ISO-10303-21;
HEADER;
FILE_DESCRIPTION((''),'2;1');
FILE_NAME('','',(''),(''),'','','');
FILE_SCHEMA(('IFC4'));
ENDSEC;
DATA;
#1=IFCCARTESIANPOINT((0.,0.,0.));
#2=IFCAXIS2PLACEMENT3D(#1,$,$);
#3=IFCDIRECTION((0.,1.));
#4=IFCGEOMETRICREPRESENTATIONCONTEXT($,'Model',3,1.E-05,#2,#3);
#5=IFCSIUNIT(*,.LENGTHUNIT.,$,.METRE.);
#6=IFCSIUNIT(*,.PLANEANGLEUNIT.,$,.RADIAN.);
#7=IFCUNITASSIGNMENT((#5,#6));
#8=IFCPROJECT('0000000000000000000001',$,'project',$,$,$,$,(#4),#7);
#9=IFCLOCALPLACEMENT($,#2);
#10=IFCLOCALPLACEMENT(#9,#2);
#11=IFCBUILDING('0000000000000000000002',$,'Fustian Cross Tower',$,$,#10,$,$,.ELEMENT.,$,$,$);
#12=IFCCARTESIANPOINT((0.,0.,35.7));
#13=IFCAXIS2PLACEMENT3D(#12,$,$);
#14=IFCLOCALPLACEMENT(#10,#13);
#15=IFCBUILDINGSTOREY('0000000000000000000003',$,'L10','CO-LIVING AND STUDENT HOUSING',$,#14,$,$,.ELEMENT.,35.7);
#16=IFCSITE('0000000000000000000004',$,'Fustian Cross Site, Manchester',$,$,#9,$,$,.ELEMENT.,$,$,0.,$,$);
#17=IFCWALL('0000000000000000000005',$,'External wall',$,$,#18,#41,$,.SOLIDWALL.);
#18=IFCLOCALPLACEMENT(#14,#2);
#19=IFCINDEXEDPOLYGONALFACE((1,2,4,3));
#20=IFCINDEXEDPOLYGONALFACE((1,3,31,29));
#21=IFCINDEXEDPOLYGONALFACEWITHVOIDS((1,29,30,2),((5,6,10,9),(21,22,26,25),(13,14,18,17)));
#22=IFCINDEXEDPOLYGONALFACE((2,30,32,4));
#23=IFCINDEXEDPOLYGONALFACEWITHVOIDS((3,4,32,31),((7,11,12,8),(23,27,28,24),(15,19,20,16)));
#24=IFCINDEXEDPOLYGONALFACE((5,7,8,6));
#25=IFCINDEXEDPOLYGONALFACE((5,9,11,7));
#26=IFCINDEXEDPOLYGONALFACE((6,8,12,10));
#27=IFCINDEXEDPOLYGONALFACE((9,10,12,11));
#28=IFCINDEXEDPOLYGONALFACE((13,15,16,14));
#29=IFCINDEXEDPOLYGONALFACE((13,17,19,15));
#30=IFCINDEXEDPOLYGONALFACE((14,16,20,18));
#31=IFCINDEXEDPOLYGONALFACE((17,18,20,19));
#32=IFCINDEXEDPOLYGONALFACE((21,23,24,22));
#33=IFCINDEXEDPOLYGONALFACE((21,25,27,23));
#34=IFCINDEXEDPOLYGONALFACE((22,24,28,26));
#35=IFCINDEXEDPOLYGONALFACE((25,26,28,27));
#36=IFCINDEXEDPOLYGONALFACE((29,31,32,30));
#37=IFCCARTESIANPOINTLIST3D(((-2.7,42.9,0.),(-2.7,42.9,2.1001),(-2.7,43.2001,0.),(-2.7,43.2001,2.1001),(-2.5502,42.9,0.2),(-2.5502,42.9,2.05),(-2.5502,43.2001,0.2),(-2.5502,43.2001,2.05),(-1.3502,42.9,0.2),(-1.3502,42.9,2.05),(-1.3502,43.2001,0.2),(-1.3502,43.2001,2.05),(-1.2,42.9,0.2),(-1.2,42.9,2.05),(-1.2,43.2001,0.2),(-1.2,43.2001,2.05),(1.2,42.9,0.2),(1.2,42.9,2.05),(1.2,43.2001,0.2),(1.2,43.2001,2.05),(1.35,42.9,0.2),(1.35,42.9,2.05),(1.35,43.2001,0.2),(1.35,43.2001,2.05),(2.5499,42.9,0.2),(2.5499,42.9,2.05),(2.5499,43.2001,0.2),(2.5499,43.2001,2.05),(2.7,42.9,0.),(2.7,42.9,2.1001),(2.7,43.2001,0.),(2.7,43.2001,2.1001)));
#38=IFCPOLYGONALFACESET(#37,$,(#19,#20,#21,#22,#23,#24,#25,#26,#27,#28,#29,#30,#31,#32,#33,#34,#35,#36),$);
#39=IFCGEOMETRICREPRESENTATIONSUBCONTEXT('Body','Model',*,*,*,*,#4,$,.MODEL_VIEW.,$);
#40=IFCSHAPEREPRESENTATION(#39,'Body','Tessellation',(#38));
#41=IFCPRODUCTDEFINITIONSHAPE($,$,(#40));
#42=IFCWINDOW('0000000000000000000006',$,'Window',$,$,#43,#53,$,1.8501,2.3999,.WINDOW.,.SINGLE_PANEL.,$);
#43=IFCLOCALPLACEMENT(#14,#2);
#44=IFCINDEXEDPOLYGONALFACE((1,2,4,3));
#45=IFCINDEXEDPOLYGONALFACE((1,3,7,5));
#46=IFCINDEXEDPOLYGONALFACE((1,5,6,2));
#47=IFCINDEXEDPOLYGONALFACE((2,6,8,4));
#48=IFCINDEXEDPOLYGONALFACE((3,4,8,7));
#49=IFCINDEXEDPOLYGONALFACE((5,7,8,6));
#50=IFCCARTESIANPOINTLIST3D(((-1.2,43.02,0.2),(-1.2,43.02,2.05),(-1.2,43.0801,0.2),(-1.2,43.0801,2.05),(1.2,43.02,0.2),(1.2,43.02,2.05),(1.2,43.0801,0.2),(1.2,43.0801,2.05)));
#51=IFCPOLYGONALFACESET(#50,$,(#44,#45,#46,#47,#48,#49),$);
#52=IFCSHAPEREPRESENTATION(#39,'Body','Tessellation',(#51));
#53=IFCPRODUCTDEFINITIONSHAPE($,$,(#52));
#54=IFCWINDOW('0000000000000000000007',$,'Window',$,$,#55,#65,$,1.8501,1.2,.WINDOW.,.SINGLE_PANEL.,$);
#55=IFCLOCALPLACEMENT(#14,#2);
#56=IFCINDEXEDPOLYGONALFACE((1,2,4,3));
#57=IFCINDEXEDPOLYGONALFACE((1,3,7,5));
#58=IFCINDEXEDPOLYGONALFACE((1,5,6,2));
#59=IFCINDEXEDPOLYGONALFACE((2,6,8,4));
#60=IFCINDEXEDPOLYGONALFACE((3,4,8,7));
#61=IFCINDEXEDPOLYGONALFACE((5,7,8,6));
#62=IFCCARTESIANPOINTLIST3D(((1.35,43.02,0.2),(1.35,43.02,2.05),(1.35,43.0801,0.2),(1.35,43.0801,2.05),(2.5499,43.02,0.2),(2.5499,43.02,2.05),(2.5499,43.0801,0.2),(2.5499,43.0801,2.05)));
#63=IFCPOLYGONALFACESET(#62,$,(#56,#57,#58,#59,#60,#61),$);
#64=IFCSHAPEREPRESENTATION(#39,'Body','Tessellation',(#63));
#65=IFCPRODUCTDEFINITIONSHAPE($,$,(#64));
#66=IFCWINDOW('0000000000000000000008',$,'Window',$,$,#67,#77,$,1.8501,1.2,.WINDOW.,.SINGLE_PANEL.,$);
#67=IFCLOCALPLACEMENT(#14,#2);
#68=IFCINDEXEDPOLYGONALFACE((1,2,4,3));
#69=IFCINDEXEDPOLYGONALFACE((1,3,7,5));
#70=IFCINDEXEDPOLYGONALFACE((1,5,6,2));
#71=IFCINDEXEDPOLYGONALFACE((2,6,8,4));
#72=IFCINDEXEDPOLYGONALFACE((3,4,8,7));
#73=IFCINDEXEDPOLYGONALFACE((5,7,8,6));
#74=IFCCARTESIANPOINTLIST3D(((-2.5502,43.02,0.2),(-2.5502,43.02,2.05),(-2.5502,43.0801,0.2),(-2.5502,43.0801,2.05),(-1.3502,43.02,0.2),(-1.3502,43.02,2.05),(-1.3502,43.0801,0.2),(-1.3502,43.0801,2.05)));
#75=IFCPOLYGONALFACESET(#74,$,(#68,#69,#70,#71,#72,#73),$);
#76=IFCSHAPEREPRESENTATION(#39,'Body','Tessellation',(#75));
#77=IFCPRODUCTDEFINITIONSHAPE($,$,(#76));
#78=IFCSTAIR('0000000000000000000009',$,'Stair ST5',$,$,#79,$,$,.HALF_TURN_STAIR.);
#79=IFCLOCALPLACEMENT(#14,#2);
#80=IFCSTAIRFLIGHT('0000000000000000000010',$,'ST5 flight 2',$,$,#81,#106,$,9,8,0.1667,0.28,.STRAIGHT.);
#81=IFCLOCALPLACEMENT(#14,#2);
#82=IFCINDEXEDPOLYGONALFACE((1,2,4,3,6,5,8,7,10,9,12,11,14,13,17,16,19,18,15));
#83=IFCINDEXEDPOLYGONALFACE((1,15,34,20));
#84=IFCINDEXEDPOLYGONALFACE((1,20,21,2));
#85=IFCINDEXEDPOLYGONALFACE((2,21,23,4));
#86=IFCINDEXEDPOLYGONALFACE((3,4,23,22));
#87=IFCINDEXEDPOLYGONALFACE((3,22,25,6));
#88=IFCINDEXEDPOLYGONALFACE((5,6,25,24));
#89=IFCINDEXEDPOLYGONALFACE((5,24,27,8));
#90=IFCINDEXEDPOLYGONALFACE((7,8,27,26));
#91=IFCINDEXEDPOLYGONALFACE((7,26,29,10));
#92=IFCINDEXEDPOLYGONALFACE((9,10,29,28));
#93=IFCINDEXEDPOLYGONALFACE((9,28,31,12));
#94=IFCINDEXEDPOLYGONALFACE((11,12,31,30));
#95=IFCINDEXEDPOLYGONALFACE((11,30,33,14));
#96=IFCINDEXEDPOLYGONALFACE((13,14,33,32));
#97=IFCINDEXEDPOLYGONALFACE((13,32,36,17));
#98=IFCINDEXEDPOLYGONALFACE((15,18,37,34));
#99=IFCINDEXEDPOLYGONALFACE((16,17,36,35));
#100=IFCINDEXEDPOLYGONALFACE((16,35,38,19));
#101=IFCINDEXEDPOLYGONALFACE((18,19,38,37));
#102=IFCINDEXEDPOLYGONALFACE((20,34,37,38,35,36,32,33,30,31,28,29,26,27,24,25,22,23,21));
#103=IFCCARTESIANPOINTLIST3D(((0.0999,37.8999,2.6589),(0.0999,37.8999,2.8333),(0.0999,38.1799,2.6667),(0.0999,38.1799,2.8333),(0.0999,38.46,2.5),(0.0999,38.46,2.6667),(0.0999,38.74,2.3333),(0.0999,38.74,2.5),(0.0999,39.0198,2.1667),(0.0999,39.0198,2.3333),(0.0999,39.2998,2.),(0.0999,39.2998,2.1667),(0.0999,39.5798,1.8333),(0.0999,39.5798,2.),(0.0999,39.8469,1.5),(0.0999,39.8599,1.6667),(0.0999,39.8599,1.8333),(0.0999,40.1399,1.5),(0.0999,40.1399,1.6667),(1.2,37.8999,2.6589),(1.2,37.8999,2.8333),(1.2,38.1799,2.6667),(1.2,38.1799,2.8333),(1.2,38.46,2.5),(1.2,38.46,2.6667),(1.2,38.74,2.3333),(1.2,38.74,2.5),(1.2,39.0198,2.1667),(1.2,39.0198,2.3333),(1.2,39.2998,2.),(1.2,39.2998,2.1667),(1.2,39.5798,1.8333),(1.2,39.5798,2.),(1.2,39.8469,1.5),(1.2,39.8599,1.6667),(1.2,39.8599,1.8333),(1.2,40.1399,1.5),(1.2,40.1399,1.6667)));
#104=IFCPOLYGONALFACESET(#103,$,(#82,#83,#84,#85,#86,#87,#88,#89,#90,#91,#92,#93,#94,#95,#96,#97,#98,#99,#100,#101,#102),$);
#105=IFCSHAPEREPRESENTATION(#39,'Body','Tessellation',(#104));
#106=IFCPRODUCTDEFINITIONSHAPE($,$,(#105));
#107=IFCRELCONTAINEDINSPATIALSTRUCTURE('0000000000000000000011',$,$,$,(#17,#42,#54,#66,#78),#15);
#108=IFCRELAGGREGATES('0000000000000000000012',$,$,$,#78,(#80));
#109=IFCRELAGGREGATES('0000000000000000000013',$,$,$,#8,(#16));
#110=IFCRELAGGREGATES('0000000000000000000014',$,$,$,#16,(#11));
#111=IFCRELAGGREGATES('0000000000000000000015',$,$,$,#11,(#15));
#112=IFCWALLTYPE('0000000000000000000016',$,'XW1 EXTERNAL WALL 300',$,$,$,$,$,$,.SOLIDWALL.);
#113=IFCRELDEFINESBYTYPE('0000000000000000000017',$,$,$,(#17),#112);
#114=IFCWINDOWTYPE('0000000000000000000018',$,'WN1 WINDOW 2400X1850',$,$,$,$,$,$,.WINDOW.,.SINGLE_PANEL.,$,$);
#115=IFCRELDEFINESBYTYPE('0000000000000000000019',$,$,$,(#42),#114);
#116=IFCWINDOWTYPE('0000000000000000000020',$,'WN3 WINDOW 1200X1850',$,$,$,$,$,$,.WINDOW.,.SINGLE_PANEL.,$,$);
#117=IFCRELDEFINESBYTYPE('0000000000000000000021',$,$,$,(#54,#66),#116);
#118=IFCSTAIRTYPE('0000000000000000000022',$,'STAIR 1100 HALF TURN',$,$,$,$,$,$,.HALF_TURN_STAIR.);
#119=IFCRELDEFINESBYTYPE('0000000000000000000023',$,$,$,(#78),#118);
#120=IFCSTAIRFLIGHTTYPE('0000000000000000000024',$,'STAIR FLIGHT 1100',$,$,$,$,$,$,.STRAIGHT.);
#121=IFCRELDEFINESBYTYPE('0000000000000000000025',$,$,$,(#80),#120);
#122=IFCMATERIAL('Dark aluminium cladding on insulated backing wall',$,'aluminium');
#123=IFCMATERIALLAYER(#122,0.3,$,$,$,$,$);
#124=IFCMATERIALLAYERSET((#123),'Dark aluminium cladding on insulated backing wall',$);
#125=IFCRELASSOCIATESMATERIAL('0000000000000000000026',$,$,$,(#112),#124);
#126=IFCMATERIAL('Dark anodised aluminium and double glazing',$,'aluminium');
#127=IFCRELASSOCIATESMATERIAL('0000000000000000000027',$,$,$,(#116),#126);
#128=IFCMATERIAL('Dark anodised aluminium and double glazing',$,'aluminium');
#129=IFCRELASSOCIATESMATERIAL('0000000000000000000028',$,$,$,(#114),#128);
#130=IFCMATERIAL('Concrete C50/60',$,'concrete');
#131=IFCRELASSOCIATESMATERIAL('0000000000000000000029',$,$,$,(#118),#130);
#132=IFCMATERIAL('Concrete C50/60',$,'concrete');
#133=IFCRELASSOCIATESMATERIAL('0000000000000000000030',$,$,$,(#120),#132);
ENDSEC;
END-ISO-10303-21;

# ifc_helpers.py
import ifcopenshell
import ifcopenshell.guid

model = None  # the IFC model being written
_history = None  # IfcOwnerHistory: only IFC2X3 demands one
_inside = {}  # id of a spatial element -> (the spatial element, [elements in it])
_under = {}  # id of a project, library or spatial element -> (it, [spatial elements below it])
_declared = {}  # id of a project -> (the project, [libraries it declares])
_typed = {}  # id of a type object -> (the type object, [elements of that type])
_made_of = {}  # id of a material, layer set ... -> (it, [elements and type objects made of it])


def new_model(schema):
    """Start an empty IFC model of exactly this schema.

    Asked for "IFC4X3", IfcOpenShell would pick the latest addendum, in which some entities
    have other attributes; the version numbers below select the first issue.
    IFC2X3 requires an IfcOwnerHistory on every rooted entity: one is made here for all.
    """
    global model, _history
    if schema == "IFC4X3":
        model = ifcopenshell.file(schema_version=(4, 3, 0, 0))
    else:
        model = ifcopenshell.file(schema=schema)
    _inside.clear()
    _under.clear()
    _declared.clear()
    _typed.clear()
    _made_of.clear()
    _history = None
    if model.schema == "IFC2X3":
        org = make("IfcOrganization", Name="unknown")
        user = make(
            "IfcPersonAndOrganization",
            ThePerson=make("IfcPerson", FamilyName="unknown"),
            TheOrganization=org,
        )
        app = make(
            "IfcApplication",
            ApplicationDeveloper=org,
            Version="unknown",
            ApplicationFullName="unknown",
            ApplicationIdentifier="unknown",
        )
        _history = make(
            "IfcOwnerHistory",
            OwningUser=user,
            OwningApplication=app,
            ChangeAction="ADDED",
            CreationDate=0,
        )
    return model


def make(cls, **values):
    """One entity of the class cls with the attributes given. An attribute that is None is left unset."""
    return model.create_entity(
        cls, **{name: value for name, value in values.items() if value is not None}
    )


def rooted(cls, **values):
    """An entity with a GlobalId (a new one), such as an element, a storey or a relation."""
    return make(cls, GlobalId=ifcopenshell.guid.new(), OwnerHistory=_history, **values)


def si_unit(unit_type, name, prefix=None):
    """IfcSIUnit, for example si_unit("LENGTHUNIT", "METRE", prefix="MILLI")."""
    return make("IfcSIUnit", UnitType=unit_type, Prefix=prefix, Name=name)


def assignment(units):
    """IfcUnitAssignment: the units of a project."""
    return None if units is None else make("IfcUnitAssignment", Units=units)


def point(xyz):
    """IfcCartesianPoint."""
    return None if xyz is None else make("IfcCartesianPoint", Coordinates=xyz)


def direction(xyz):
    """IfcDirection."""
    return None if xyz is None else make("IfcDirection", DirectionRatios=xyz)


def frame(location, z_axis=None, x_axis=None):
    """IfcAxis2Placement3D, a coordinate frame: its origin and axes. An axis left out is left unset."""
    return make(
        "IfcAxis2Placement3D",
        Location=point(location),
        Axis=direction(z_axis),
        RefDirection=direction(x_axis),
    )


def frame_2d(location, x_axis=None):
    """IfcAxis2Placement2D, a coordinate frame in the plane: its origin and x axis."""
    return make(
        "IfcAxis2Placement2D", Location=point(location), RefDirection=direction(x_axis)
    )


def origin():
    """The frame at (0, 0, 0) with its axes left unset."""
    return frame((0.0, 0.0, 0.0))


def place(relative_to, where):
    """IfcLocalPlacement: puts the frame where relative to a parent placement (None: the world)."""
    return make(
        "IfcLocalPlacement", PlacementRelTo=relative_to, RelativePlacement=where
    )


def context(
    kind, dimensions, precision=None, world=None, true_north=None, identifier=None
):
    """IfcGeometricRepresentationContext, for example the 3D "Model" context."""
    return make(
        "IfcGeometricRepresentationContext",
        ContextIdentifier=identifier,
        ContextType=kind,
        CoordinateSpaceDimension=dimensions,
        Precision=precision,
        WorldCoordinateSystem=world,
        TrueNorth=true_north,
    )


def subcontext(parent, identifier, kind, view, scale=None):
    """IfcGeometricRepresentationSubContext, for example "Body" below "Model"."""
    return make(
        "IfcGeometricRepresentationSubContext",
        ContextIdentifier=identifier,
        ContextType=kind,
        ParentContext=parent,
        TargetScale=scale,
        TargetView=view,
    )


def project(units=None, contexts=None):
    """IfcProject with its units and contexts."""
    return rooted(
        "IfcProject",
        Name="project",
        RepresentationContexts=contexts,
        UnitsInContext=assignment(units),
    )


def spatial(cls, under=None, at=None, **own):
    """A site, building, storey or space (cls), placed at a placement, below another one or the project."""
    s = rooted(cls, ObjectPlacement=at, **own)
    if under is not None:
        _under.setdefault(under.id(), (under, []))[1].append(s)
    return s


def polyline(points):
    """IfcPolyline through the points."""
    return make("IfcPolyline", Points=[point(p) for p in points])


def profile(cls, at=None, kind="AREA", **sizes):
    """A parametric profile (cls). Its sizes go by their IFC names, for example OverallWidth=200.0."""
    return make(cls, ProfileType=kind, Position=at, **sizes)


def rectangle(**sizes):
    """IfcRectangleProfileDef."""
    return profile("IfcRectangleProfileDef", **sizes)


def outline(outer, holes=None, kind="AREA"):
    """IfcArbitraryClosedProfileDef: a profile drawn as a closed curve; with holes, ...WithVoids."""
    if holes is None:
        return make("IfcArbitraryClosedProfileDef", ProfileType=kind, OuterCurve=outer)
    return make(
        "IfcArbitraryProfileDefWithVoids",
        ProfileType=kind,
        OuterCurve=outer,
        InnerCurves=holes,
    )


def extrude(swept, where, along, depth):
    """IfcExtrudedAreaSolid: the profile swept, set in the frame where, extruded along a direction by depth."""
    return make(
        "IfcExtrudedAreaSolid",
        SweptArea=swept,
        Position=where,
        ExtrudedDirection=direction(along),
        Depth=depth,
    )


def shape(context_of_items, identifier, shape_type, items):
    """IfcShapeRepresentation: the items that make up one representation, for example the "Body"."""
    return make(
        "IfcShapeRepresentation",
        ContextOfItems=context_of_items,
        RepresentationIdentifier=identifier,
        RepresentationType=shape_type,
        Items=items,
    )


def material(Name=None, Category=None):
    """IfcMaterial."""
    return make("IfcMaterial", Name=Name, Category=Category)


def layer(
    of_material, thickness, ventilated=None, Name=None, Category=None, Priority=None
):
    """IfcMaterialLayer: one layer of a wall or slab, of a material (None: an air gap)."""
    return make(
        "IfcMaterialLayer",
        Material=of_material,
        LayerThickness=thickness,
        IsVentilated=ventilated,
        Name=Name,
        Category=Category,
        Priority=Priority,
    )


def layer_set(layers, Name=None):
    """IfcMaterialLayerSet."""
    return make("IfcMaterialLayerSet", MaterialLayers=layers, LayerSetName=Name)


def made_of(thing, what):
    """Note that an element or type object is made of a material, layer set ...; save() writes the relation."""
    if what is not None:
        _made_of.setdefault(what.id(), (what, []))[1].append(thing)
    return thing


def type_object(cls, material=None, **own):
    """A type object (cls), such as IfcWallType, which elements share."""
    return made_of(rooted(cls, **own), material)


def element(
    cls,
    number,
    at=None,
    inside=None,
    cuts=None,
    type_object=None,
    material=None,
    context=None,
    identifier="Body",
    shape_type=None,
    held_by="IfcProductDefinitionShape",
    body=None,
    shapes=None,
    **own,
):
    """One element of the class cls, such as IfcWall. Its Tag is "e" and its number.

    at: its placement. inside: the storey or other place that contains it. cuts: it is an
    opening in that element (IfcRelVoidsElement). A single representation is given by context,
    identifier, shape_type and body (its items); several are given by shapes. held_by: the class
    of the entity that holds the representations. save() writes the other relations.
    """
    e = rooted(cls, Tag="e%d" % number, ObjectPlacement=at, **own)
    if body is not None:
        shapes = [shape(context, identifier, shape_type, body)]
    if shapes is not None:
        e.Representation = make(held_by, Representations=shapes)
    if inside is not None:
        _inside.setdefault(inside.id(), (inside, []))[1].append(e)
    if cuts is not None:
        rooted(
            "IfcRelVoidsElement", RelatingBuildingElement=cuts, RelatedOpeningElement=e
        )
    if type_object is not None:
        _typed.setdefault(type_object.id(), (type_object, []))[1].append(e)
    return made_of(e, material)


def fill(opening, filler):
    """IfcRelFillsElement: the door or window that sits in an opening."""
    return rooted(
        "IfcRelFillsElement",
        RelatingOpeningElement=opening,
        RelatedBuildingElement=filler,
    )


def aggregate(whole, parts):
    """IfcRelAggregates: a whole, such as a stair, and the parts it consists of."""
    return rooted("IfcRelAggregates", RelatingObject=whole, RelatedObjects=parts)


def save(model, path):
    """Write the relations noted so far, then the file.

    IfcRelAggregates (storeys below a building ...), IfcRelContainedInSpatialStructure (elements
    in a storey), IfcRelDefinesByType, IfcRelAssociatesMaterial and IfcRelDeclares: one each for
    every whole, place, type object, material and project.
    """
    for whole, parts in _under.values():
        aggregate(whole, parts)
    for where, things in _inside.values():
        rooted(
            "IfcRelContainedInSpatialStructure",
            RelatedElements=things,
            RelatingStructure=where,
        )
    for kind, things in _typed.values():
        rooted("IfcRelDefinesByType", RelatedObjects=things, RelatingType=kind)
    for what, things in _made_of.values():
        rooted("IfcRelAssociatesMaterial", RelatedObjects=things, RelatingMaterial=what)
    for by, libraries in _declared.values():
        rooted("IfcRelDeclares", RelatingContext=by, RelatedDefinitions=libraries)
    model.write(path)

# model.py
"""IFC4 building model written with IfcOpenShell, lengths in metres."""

from ifc_helpers import new_model, si_unit, direction, frame, frame_2d, origin, place, context, subcontext, project, spatial, polyline, rectangle, outline, extrude, material, layer, layer_set, type_object, element, fill, aggregate, save


model = new_model("IFC4")

# Units and contexts
model_context = context("Model", 3, precision=1e-05, world=origin(), true_north=direction((0.0, 1.0)))
body_context = subcontext(model_context, "Body", "Model", "MODEL_VIEW")
ifc_project = project(units=[si_unit("LENGTHUNIT", "METRE"), si_unit("PLANEANGLEUNIT", "RADIAN")], contexts=[model_context])

# Site, building, storey
site_placement = place(None, origin())
site = spatial("IfcSite", under=ifc_project, at=site_placement, Name="Fustian Cross Site, Manchester", CompositionType="ELEMENT", RefElevation=0.0)
building_placement = place(site_placement, origin())
building = spatial("IfcBuilding", under=site, at=building_placement, Name="Fustian Cross Tower", CompositionType="ELEMENT")
storey_placement = place(building_placement, frame((0.0, 0.0, 35.7)))
storey = spatial("IfcBuildingStorey", under=building, at=storey_placement, Name="L10", Description="CO-LIVING AND STUDENT HOUSING", CompositionType="ELEMENT", Elevation=35.7)

# Shared definitions
ifc_material_1 = material(Name="Dark aluminium cladding on insulated backing wall", Category="aluminium")
ifc_layer_1 = layer(ifc_material_1, 0.3)
ifc_layer_set_1 = layer_set([ifc_layer_1], Name="Dark aluminium cladding on insulated backing wall")
wall_type_1 = type_object("IfcWallType", Name="XW1 EXTERNAL WALL 300", PredefinedType="SOLIDWALL", material=ifc_layer_set_1)
ifc_material_2 = material(Name="Dark anodised aluminium and double glazing", Category="aluminium")
window_type_1 = type_object("IfcWindowType", Name="WN3 WINDOW 1200X1850", PartitioningType="SINGLE_PANEL", PredefinedType="WINDOW", material=ifc_material_2)

# Wall, openings, windows
wall_1_placement = place(storey_placement, frame((2.7, 43.05, 0.0), z_axis=(0.0, 0.0, 1.0), x_axis=(-1.0, 0.0, 0.0)))
wall_1 = element("IfcWall", 1, at=wall_1_placement, inside=storey, type_object=wall_type_1, Name="External wall", PredefinedType="SOLIDWALL", context=body_context, shape_type="SweptSolid", body=[
    extrude(rectangle(XDim=5.3999, YDim=0.3, at=frame_2d((2.7, 0.0))), origin(), (0.0, 0.0, 1.0), 2.1001),
])
opening_1_placement = place(wall_1_placement, frame((1.5, 0.0, 0.2)))
opening_1 = element("IfcOpeningElement", 2, at=opening_1_placement, cuts=wall_1, PredefinedType="OPENING", context=body_context, shape_type="SweptSolid", body=[
    extrude(rectangle(XDim=2.3999, YDim=1.8501, at=frame_2d((1.2, 0.925))), frame((0.0, 0.1599, 0.0), z_axis=(0.0, -1.0, 0.0), x_axis=(1.0, 0.0, 0.0)), (0.0, 0.0, 1.0), 0.3201),
])
opening_2_placement = place(wall_1_placement, frame((0.1499, 0.0, 0.2)))
opening_2 = element("IfcOpeningElement", 3, at=opening_2_placement, cuts=wall_1, PredefinedType="OPENING", context=body_context, shape_type="SweptSolid", body=[
    extrude(rectangle(XDim=1.2, YDim=1.8501, at=frame_2d((0.6001, 0.925))), frame((0.0, 0.1599, 0.0), z_axis=(0.0, -1.0, 0.0), x_axis=(1.0, 0.0, 0.0)), (0.0, 0.0, 1.0), 0.3201),
])
opening_3_placement = place(wall_1_placement, frame((4.05, 0.0, 0.2)))
opening_3 = element("IfcOpeningElement", 4, at=opening_3_placement, cuts=wall_1, PredefinedType="OPENING", context=body_context, shape_type="SweptSolid", body=[
    extrude(rectangle(XDim=1.2, YDim=1.8501, at=frame_2d((0.6001, 0.925))), frame((0.0, 0.1599, 0.0), z_axis=(0.0, -1.0, 0.0), x_axis=(1.0, 0.0, 0.0)), (0.0, 0.0, 1.0), 0.3201),
])
ifc_material_3 = material(Name="Dark anodised aluminium and double glazing", Category="aluminium")
window_type_2 = type_object("IfcWindowType", Name="WN1 WINDOW 2400X1850", PartitioningType="SINGLE_PANEL", PredefinedType="WINDOW", material=ifc_material_3)
window_1_placement = place(opening_1_placement, origin())
window_1 = element("IfcWindow", 5, at=window_1_placement, inside=storey, type_object=window_type_2, Name="Window", OverallHeight=1.8501, OverallWidth=2.3999, PartitioningType="SINGLE_PANEL", PredefinedType="WINDOW", context=body_context, shape_type="SweptSolid", body=[
    extrude(rectangle(XDim=2.3999, YDim=1.8501, at=frame_2d((1.2, 0.925))), frame((0.0, 0.03, 0.0), z_axis=(0.0, -1.0, 0.0), x_axis=(1.0, 0.0, 0.0)), (0.0, 0.0, 1.0), 0.0601),
])
fill(opening_1, window_1)
window_2_placement = place(opening_2_placement, origin())
window_2 = element("IfcWindow", 6, at=window_2_placement, inside=storey, type_object=window_type_1, Name="Window", OverallHeight=1.8501, OverallWidth=1.2, PartitioningType="SINGLE_PANEL", PredefinedType="WINDOW", context=body_context, shape_type="SweptSolid", body=[
    extrude(rectangle(XDim=1.2, YDim=1.8501, at=frame_2d((0.6001, 0.925))), frame((0.0, 0.03, 0.0), z_axis=(0.0, -1.0, 0.0), x_axis=(1.0, 0.0, 0.0)), (0.0, 0.0, 1.0), 0.0601),
])
fill(opening_2, window_2)
window_3_placement = place(opening_3_placement, origin())
window_3 = element("IfcWindow", 7, at=window_3_placement, inside=storey, type_object=window_type_1, Name="Window", OverallHeight=1.8501, OverallWidth=1.2, PartitioningType="SINGLE_PANEL", PredefinedType="WINDOW", context=body_context, shape_type="SweptSolid", body=[
    extrude(rectangle(XDim=1.2, YDim=1.8501, at=frame_2d((0.6001, 0.925))), frame((0.0, 0.03, 0.0), z_axis=(0.0, -1.0, 0.0), x_axis=(1.0, 0.0, 0.0)), (0.0, 0.0, 1.0), 0.0601),
])
fill(opening_3, window_3)

# Stair, stair flight
ifc_material_4 = material(Name="Concrete C50/60", Category="concrete")
stair_type = type_object("IfcStairType", Name="STAIR 1100 HALF TURN", PredefinedType="HALF_TURN_STAIR", material=ifc_material_4)
stair_placement = place(storey_placement, origin())
stair = element("IfcStair", 8, at=stair_placement, inside=storey, type_object=stair_type, Name="Stair ST5", PredefinedType="HALF_TURN_STAIR")
ifc_material_5 = material(Name="Concrete C50/60", Category="concrete")
stair_flight_type = type_object("IfcStairFlightType", Name="STAIR FLIGHT 1100", PredefinedType="STRAIGHT", material=ifc_material_5)
stair_flight_placement = place(storey_placement, frame((0.6499, 40.1399, 1.5), z_axis=(0.0, 0.0, 1.0), x_axis=(0.0, -1.0, 0.0)))
stair_flight = element("IfcStairFlight", 9, at=stair_flight_placement, type_object=stair_flight_type, Name="ST5 flight 2", NumberOfRisers=9, NumberOfTreads=8, PredefinedType="STRAIGHT", RiserHeight=0.1667, TreadLength=0.28, context=body_context, shape_type="SweptSolid", body=[
    extrude(outline(polyline([(0.0, 0.0), (0.0, 0.1667), (0.28, 0.1667), (0.28, 0.3333), (0.5601, 0.3333), (0.5601, 0.5), (0.8401, 0.5), (0.8401, 0.6667), (1.1201, 0.6667), (1.1201, 0.8333), (1.3999, 0.8333), (1.3999, 1.0), (1.6799, 1.0), (1.6799, 1.1667), (1.96, 1.1667), (1.96, 1.3333), (2.24, 1.3333), (2.24, 1.5), (2.24, 1.1589), (0.293, 0.0), (0.0, 0.0)])), frame((0.0, 0.55, 0.0), z_axis=(0.0, -1.0, 0.0), x_axis=(1.0, 0.0, 0.0)), (0.0, 0.0, 1.0), 1.1001),
])
aggregate(stair, [stair_flight])

save(model, "model.ifc")
